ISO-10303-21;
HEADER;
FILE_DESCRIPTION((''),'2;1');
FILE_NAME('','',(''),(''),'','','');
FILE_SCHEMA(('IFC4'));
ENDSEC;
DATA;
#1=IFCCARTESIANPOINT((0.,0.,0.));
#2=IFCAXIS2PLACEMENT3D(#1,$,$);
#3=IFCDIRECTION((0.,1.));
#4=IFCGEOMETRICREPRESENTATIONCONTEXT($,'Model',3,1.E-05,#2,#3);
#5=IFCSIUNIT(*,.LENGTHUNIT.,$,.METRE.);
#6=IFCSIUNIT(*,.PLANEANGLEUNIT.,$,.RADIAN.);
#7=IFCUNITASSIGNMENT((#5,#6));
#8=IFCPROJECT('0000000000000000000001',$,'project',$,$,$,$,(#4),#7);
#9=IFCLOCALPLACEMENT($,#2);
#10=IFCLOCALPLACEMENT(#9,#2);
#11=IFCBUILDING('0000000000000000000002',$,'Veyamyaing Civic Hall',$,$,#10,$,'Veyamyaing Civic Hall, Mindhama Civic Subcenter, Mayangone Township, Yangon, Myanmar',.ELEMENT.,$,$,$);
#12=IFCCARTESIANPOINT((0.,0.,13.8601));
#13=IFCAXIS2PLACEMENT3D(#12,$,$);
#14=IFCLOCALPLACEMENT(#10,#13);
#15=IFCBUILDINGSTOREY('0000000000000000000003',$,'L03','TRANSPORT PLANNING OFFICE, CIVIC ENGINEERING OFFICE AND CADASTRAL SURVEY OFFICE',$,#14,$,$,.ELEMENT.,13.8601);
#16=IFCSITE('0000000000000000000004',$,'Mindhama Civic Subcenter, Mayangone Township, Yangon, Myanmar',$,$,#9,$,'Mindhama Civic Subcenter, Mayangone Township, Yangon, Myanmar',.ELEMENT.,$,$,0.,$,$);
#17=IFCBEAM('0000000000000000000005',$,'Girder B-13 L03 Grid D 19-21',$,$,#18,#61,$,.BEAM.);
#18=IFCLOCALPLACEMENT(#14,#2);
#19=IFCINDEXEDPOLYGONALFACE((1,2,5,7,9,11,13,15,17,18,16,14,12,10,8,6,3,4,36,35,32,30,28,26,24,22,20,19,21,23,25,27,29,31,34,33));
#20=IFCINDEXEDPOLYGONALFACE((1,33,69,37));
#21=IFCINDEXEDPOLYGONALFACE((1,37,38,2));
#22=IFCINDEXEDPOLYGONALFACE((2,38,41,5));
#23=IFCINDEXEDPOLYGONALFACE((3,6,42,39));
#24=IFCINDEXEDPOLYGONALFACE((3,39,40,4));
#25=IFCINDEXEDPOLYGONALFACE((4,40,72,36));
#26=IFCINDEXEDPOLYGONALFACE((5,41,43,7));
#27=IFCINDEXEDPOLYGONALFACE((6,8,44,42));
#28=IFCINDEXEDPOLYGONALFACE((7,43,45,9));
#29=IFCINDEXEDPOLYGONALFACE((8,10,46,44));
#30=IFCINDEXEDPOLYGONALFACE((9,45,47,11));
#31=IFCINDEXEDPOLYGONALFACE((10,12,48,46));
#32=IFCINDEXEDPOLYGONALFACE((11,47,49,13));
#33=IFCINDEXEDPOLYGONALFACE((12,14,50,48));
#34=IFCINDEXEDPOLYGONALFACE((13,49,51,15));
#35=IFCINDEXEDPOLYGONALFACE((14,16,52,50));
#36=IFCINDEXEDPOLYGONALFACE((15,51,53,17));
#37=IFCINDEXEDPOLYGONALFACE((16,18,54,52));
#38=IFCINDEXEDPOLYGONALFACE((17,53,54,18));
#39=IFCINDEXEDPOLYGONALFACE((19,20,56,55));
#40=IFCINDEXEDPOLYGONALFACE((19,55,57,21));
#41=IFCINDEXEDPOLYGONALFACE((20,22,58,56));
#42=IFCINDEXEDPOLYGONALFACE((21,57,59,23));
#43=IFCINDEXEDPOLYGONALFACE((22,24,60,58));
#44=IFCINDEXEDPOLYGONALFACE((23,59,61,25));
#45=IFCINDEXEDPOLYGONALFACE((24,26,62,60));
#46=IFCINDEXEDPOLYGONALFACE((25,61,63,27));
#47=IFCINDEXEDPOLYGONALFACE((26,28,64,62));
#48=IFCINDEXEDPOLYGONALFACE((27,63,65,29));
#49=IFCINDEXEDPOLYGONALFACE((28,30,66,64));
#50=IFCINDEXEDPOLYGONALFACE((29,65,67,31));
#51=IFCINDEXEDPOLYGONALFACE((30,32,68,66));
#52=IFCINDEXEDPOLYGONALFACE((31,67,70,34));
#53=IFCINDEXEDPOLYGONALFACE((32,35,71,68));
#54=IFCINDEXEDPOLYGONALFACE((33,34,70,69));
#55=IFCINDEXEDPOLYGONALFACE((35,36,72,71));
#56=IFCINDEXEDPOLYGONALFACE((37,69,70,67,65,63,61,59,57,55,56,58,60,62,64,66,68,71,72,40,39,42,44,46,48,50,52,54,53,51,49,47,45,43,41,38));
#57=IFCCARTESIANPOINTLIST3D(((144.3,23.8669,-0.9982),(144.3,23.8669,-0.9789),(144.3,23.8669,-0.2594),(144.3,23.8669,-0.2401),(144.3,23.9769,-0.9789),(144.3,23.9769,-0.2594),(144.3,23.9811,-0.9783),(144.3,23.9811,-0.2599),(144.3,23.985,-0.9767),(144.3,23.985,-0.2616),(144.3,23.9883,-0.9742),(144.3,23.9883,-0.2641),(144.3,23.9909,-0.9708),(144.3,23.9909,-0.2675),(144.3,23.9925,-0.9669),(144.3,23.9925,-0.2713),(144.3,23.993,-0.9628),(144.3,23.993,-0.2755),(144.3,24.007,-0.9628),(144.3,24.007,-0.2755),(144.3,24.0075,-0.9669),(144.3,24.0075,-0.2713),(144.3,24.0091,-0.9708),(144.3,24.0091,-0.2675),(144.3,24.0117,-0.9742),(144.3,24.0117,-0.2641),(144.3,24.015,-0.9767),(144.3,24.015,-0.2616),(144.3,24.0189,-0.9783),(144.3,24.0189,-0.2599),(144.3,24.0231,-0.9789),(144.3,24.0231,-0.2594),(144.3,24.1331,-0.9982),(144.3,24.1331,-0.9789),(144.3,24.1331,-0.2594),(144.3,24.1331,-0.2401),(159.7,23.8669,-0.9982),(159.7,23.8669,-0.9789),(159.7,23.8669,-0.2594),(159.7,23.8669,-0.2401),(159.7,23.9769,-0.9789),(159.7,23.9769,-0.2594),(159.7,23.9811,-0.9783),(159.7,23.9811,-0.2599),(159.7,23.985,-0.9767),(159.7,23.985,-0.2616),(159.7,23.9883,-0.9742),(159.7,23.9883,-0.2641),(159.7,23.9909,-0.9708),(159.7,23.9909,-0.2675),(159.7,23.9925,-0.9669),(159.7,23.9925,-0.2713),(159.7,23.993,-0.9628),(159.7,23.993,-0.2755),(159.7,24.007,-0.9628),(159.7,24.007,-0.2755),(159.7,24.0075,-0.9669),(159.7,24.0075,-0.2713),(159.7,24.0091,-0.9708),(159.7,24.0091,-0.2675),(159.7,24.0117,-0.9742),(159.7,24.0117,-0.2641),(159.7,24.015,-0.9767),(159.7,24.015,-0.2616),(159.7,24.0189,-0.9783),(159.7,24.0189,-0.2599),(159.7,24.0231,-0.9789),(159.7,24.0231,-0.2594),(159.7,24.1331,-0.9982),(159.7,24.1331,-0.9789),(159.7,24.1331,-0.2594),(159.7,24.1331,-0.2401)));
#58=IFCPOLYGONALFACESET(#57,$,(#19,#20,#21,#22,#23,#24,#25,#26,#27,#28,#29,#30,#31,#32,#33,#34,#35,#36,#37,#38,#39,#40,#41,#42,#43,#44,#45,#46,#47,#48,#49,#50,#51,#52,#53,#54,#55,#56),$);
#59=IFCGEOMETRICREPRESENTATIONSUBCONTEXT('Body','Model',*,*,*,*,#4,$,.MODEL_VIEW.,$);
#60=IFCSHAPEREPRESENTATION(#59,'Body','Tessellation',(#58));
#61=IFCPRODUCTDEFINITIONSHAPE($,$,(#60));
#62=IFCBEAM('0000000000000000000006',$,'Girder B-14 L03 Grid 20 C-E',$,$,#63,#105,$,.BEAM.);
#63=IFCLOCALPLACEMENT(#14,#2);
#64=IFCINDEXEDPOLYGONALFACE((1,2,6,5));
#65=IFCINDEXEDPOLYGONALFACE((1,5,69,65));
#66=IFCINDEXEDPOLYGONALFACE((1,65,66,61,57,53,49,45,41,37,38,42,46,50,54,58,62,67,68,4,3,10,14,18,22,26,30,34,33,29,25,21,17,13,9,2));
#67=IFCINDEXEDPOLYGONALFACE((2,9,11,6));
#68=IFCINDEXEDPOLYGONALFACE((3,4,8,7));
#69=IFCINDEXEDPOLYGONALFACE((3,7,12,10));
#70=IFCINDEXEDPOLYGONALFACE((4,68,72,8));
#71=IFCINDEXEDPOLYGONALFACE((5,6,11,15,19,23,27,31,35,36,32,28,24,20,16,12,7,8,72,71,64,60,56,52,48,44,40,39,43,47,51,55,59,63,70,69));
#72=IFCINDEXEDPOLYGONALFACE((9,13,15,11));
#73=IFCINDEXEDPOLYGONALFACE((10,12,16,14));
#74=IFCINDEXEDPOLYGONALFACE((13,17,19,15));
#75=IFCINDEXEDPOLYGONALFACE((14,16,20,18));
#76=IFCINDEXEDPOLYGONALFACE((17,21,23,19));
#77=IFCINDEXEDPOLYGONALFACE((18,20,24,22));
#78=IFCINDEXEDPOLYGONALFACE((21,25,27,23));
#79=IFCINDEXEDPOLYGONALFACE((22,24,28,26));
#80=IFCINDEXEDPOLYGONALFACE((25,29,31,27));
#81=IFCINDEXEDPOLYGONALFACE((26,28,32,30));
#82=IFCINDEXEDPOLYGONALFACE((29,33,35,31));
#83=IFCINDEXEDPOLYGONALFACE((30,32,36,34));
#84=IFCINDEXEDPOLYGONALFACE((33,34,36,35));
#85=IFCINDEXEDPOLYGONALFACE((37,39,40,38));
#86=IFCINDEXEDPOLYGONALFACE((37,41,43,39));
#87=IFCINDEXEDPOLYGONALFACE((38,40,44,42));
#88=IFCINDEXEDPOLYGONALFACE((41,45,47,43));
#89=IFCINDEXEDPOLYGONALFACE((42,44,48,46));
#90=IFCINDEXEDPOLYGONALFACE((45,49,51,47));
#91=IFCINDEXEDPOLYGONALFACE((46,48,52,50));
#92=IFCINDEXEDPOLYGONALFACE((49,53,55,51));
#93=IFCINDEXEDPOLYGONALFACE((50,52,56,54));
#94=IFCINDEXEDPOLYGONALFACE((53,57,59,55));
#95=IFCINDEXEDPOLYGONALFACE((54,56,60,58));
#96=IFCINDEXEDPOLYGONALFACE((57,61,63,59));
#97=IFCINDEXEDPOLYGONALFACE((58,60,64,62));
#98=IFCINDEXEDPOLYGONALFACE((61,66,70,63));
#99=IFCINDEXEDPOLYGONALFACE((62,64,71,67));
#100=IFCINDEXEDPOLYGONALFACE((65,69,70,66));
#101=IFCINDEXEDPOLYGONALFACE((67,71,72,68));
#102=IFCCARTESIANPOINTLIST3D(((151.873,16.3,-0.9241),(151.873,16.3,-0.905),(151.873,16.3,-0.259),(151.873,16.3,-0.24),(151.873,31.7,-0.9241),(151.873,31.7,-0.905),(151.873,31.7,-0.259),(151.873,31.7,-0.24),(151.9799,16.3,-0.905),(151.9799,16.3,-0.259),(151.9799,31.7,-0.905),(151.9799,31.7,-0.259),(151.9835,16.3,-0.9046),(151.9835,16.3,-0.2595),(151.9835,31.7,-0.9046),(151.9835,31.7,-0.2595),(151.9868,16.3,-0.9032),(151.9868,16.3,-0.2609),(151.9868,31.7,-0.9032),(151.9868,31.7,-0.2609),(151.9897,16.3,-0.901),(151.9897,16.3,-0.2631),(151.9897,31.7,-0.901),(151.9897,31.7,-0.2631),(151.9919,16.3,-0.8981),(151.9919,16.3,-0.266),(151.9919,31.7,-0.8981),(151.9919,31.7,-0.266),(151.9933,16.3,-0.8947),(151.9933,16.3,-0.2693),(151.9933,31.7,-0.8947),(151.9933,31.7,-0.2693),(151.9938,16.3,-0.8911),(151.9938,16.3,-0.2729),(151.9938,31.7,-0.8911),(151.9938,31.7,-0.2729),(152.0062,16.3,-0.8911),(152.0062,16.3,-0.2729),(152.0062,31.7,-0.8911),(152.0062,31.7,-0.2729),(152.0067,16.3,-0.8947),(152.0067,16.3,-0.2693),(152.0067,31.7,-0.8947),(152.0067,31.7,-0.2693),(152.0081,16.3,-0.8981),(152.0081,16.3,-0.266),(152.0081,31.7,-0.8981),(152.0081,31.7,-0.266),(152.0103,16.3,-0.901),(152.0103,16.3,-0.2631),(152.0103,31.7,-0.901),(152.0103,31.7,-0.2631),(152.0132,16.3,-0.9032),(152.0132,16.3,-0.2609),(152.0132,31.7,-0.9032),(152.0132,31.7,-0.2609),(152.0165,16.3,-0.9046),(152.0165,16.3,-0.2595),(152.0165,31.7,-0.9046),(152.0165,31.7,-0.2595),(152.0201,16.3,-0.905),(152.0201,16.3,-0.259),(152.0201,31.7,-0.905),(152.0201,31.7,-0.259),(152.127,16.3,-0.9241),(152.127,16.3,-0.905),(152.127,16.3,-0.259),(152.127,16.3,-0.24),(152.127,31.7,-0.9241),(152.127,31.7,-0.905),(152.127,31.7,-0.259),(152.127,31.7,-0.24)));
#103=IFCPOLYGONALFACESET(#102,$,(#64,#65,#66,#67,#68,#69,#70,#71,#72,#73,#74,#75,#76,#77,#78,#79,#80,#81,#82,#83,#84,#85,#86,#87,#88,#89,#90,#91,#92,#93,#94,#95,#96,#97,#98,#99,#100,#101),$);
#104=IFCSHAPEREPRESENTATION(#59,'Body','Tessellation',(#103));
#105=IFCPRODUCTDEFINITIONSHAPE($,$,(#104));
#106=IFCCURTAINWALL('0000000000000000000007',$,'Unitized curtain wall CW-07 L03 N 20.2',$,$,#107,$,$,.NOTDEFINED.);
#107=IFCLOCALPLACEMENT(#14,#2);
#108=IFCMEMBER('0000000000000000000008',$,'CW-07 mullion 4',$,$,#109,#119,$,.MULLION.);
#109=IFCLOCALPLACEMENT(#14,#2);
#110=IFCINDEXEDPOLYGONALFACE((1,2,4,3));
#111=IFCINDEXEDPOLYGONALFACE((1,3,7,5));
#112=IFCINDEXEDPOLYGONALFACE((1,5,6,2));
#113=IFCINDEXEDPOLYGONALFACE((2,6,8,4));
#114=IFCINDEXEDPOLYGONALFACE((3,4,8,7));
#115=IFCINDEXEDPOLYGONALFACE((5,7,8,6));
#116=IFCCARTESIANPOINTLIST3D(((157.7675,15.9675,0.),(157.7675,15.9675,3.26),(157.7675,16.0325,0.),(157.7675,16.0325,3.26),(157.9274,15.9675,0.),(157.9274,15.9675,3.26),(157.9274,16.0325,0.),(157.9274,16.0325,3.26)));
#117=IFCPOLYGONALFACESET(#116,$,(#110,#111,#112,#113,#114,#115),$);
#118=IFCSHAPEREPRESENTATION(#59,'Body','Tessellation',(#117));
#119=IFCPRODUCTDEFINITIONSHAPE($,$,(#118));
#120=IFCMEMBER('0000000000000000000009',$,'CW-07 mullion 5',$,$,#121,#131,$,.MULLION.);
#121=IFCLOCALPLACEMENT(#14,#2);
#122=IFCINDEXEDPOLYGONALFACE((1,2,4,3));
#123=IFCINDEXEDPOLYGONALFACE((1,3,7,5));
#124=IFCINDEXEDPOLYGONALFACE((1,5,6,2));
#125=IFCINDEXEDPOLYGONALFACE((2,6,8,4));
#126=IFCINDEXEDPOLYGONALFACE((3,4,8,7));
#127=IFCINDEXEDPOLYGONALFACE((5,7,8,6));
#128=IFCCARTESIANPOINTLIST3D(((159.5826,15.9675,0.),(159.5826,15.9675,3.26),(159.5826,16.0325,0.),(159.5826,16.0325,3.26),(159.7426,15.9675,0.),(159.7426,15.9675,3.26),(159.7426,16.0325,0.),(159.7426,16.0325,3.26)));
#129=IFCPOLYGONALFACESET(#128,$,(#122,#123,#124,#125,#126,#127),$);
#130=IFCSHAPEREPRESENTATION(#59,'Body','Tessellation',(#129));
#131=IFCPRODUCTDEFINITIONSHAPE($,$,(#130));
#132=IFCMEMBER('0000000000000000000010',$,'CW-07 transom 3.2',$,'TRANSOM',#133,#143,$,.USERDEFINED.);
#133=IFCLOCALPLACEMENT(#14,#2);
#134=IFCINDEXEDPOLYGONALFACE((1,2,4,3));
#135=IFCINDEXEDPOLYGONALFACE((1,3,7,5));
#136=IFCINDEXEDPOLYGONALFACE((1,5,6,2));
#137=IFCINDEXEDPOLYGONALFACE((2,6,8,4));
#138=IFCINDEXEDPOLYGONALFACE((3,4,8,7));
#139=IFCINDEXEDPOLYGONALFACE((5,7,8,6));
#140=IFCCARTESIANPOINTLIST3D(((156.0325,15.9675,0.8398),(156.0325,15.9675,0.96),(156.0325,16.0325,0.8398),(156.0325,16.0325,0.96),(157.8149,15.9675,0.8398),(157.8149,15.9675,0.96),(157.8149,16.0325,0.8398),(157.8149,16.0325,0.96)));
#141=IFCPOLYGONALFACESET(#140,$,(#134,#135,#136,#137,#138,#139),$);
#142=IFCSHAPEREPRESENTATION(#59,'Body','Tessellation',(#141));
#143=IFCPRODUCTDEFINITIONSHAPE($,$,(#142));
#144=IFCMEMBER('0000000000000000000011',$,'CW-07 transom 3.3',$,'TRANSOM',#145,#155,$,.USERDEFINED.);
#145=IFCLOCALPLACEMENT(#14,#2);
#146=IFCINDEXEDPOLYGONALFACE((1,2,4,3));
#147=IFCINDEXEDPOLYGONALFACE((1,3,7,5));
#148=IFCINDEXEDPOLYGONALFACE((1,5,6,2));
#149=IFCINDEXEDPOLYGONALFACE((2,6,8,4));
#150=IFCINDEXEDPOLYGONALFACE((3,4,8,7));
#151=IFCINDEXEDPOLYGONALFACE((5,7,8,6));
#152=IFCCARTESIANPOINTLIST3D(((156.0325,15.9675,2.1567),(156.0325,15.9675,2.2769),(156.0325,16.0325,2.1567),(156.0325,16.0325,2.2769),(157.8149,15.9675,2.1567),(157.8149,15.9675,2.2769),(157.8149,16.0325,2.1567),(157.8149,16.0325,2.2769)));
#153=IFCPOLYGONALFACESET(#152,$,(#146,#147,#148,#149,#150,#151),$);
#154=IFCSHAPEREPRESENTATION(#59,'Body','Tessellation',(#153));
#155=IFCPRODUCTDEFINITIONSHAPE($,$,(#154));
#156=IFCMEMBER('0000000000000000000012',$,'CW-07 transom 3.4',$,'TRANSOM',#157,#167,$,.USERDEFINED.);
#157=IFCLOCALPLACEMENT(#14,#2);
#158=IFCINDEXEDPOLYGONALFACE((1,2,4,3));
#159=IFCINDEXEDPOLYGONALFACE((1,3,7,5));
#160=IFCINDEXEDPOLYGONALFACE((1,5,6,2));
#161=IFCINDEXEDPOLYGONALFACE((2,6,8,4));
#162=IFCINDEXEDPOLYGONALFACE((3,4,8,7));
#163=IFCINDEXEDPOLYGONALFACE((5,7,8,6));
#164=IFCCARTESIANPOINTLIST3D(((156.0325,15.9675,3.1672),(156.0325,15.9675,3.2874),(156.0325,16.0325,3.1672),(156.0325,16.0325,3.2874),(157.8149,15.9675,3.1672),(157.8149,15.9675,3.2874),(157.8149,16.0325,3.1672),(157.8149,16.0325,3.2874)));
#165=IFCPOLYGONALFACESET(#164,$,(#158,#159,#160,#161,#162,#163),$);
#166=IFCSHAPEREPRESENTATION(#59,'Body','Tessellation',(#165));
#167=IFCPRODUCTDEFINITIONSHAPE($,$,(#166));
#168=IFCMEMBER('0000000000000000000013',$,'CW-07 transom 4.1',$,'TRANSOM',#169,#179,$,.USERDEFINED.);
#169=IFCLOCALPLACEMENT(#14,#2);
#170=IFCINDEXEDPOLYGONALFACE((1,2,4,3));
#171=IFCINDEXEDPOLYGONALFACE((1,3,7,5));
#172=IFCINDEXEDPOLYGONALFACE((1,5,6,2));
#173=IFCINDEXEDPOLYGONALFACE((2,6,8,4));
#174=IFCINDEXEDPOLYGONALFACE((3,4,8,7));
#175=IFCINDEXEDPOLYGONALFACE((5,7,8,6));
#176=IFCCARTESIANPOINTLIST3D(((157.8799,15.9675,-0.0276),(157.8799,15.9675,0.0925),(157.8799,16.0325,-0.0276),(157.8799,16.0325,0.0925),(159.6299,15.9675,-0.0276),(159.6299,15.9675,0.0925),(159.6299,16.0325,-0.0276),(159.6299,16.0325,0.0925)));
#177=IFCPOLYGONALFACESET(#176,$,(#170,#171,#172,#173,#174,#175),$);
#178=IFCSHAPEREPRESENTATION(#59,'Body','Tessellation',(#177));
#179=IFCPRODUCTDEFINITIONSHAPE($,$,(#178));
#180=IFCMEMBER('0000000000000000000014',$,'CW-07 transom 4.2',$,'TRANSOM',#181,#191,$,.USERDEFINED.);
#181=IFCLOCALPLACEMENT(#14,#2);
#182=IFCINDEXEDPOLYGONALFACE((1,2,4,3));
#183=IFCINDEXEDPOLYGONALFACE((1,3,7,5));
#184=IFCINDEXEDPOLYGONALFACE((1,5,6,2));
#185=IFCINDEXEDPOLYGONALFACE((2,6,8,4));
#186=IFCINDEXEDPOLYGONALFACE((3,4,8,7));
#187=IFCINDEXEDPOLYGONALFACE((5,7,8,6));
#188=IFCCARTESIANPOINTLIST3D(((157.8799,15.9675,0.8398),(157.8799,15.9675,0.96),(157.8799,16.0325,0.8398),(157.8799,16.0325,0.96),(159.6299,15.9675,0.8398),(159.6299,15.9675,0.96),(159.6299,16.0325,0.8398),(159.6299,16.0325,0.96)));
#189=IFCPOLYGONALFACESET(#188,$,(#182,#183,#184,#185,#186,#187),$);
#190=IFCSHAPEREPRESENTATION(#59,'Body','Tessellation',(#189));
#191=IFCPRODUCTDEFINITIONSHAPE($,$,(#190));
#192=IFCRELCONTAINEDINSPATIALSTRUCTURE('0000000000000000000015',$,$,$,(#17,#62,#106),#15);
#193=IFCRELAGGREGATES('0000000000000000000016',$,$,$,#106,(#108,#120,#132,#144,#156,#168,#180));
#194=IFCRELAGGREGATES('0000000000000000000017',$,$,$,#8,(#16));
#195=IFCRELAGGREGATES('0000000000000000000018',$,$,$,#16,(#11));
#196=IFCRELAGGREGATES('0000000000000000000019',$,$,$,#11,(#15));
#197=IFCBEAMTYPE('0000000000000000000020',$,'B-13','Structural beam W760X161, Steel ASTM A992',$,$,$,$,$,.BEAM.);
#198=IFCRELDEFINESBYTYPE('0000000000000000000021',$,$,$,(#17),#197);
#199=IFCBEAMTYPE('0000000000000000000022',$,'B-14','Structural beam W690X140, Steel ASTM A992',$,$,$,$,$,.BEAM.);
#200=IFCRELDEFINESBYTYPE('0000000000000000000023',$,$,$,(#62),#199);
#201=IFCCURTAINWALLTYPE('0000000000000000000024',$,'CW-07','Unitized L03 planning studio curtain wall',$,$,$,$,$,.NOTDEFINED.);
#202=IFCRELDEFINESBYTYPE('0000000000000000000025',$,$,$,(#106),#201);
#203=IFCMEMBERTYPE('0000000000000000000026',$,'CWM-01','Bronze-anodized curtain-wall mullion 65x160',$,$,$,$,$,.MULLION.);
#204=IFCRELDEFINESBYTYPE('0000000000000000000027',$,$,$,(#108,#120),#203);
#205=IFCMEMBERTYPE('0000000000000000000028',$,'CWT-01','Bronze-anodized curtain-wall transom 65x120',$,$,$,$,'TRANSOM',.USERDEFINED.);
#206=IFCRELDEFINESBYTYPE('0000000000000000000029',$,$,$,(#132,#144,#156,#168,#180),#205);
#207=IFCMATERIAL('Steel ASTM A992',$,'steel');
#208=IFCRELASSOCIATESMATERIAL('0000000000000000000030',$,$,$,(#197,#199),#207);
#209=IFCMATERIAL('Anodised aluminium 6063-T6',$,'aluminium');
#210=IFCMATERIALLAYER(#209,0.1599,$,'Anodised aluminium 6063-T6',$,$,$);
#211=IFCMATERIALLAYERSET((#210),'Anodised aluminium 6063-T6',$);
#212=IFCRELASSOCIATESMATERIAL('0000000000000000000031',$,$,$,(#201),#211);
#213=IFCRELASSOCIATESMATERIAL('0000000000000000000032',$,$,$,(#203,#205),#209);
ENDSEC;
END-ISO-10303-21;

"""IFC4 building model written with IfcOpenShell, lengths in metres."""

from ifc_helpers import new_model, si_unit, direction, frame, origin, origin_2d, place, context, subcontext, project, spatial, rectangle, i_section, extrude, material, layer, layer_set, material_profile, profile_set, type_object, element, aggregate, save


model = new_model("IFC4")

# Units and contexts
model_context = context("Model", 3, precision=1e-05, world=origin(), true_north=direction((0.0, 1.0)))
body_context = subcontext(model_context, "Body", "Model", "MODEL_VIEW")
ifc_project = project(units=[si_unit("LENGTHUNIT", "METRE"), si_unit("PLANEANGLEUNIT", "RADIAN")], contexts=[model_context])

# Site, building, storey
site_placement = place(None, origin())
site = spatial("IfcSite", under=ifc_project, at=site_placement, Name="Mindhama Civic Subcenter, Mayangone Township, Yangon, Myanmar", LongName="Mindhama Civic Subcenter, Mayangone Township, Yangon, Myanmar", CompositionType="ELEMENT", RefElevation=0.0)
building_placement = place(site_placement, origin())
building = spatial("IfcBuilding", under=site, at=building_placement, Name="Veyamyaing Civic Hall", LongName="Veyamyaing Civic Hall, Mindhama Civic Subcenter, Mayangone Township, Yangon, Myanmar", CompositionType="ELEMENT")
storey_placement = place(building_placement, frame((0.0, 0.0, 13.8601)))
storey = spatial("IfcBuildingStorey", under=building, at=storey_placement, Name="L03", Description="TRANSPORT PLANNING OFFICE, CIVIC ENGINEERING OFFICE AND CADASTRAL SURVEY OFFICE", CompositionType="ELEMENT", Elevation=13.8601)

# Beams
ifc_material_1 = material(Name="Steel ASTM A992", Category="steel")
ifc_material_profile_1 = material_profile(ifc_material_1, i_section(OverallWidth=0.2661, OverallDepth=0.7581, WebThickness=0.0139, FlangeThickness=0.0193, FilletRadius=0.0161, at=origin_2d()), Name="W760X161")
ifc_profile_set_1 = profile_set([ifc_material_profile_1], Name="Steel ASTM A992")
beam_type_1 = type_object("IfcBeamType", Name="B-13", Description="Structural beam W760X161, Steel ASTM A992", PredefinedType="BEAM", material=ifc_profile_set_1)
beam_1_placement = place(storey_placement, frame((144.3, 24.0, -0.6191), z_axis=(1.0, 0.0, 0.0), x_axis=(0.0, 1.0, 0.0)))
element("IfcBeam", 1, at=beam_1_placement, inside=storey, type_object=beam_type_1, Name="Girder B-13 L03 Grid D 19-21", PredefinedType="BEAM", context=body_context, shape_type="SweptSolid", body=[
    extrude(i_section(OverallWidth=0.2661, OverallDepth=0.7581, WebThickness=0.0139, FlangeThickness=0.0193, FilletRadius=0.0161, at=origin_2d()), origin(), (0.0, 0.0, 1.0), 15.3999),
])
ifc_material_profile_2 = material_profile(ifc_material_1, i_section(OverallWidth=0.2539, OverallDepth=0.6841, WebThickness=0.0125, FlangeThickness=0.019, FilletRadius=0.0139, at=origin_2d()), Name="W690X140")
ifc_profile_set_2 = profile_set([ifc_material_profile_2], Name="Steel ASTM A992")
beam_type_2 = type_object("IfcBeamType", Name="B-14", Description="Structural beam W690X140, Steel ASTM A992", PredefinedType="BEAM", material=ifc_profile_set_2)
beam_2_placement = place(storey_placement, frame((152.0, 16.3, -0.582), z_axis=(0.0, 1.0, 0.0), x_axis=(-1.0, 0.0, 0.0)))
element("IfcBeam", 2, at=beam_2_placement, inside=storey, type_object=beam_type_2, Name="Girder B-14 L03 Grid 20 C-E", PredefinedType="BEAM", context=body_context, shape_type="SweptSolid", body=[
    extrude(i_section(OverallWidth=0.2539, OverallDepth=0.6841, WebThickness=0.0125, FlangeThickness=0.019, FilletRadius=0.0139, at=origin_2d()), origin(), (0.0, 0.0, 1.0), 15.3999),
])

# Curtain wall, members
ifc_material_2 = material(Name="Anodised aluminium 6063-T6", Category="aluminium")
ifc_layer_1 = layer(ifc_material_2, 0.1599, Name="Anodised aluminium 6063-T6")
ifc_layer_set_1 = layer_set([ifc_layer_1], Name="Anodised aluminium 6063-T6")
curtain_wall_type = type_object("IfcCurtainWallType", Name="CW-07", Description="Unitized L03 planning studio curtain wall", PredefinedType="NOTDEFINED", material=ifc_layer_set_1)
curtain_wall_placement = place(storey_placement, origin())
curtain_wall = element("IfcCurtainWall", 3, at=curtain_wall_placement, inside=storey, type_object=curtain_wall_type, Name="Unitized curtain wall CW-07 L03 N 20.2", PredefinedType="NOTDEFINED")
ifc_material_profile_3 = material_profile(ifc_material_2, rectangle(XDim=0.0649, YDim=0.1599, at=origin_2d()), Name="ALU-MUL-65X160")
ifc_profile_set_3 = profile_set([ifc_material_profile_3], Name="Anodised aluminium 6063-T6")
member_type_1 = type_object("IfcMemberType", Name="CWM-01", Description="Bronze-anodized curtain-wall mullion 65x160", PredefinedType="MULLION", material=ifc_profile_set_3)
member_1_placement = place(storey_placement, frame((157.8474, 16.0, 0.0), z_axis=(0.0, 0.0, 1.0), x_axis=(0.0, 1.0, 0.0)))
member_1 = element("IfcMember", 4, at=member_1_placement, type_object=member_type_1, Name="CW-07 mullion 4", PredefinedType="MULLION", context=body_context, shape_type="SweptSolid", body=[
    extrude(rectangle(XDim=0.0649, YDim=0.1599, at=origin_2d()), origin(), (0.0, 0.0, 1.0), 3.26),
])
member_2_placement = place(storey_placement, frame((159.6626, 16.0, 0.0), z_axis=(0.0, 0.0, 1.0), x_axis=(0.0, 1.0, 0.0)))
member_2 = element("IfcMember", 5, at=member_2_placement, type_object=member_type_1, Name="CW-07 mullion 5", PredefinedType="MULLION", context=body_context, shape_type="SweptSolid", body=[
    extrude(rectangle(XDim=0.0649, YDim=0.1599, at=origin_2d()), origin(), (0.0, 0.0, 1.0), 3.26),
])
ifc_material_profile_4 = material_profile(ifc_material_2, rectangle(XDim=0.0649, YDim=0.1201, at=origin_2d()), Name="ALU-TRN-65X120")
ifc_profile_set_4 = profile_set([ifc_material_profile_4], Name="Anodised aluminium 6063-T6")
member_type_2 = type_object("IfcMemberType", Name="CWT-01", Description="Bronze-anodized curtain-wall transom 65x120", ElementType="TRANSOM", PredefinedType="USERDEFINED", material=ifc_profile_set_4)
member_3_placement = place(storey_placement, frame((156.0325, 16.0, 0.8999), z_axis=(1.0, 0.0, 0.0), x_axis=(0.0, 1.0, 0.0)))
member_3 = element("IfcMember", 6, at=member_3_placement, type_object=member_type_2, Name="CW-07 transom 3.2", ObjectType="TRANSOM", PredefinedType="USERDEFINED", context=body_context, shape_type="SweptSolid", body=[
    extrude(rectangle(XDim=0.0649, YDim=0.1201, at=origin_2d()), origin(), (0.0, 0.0, 1.0), 1.7825),
])
member_4_placement = place(storey_placement, frame((156.0325, 16.0, 2.2168), z_axis=(1.0, 0.0, 0.0), x_axis=(0.0, 1.0, 0.0)))
member_4 = element("IfcMember", 7, at=member_4_placement, type_object=member_type_2, Name="CW-07 transom 3.3", ObjectType="TRANSOM", PredefinedType="USERDEFINED", context=body_context, shape_type="SweptSolid", body=[
    extrude(rectangle(XDim=0.0649, YDim=0.1201, at=origin_2d()), origin(), (0.0, 0.0, 1.0), 1.7825),
])
member_5_placement = place(storey_placement, frame((156.0325, 16.0, 3.2273), z_axis=(1.0, 0.0, 0.0), x_axis=(0.0, 1.0, 0.0)))
member_5 = element("IfcMember", 8, at=member_5_placement, type_object=member_type_2, Name="CW-07 transom 3.4", ObjectType="TRANSOM", PredefinedType="USERDEFINED", context=body_context, shape_type="SweptSolid", body=[
    extrude(rectangle(XDim=0.0649, YDim=0.1201, at=origin_2d()), origin(), (0.0, 0.0, 1.0), 1.7825),
])
member_6_placement = place(storey_placement, frame((157.8799, 16.0, 0.0325), z_axis=(1.0, 0.0, 0.0), x_axis=(0.0, 1.0, 0.0)))
member_6 = element("IfcMember", 9, at=member_6_placement, type_object=member_type_2, Name="CW-07 transom 4.1", ObjectType="TRANSOM", PredefinedType="USERDEFINED", context=body_context, shape_type="SweptSolid", body=[
    extrude(rectangle(XDim=0.0649, YDim=0.1201, at=origin_2d()), origin(), (0.0, 0.0, 1.0), 1.75),
])
member_7_placement = place(storey_placement, frame((157.8799, 16.0, 0.8999), z_axis=(1.0, 0.0, 0.0), x_axis=(0.0, 1.0, 0.0)))
member_7 = element("IfcMember", 10, at=member_7_placement, type_object=member_type_2, Name="CW-07 transom 4.2", ObjectType="TRANSOM", PredefinedType="USERDEFINED", context=body_context, shape_type="SweptSolid", body=[
    extrude(rectangle(XDim=0.0649, YDim=0.1201, at=origin_2d()), origin(), (0.0, 0.0, 1.0), 1.75),
])

aggregate(curtain_wall, [member_1, member_2, member_3, member_4, member_5, member_6, member_7])

save(model, "model.ifc")
